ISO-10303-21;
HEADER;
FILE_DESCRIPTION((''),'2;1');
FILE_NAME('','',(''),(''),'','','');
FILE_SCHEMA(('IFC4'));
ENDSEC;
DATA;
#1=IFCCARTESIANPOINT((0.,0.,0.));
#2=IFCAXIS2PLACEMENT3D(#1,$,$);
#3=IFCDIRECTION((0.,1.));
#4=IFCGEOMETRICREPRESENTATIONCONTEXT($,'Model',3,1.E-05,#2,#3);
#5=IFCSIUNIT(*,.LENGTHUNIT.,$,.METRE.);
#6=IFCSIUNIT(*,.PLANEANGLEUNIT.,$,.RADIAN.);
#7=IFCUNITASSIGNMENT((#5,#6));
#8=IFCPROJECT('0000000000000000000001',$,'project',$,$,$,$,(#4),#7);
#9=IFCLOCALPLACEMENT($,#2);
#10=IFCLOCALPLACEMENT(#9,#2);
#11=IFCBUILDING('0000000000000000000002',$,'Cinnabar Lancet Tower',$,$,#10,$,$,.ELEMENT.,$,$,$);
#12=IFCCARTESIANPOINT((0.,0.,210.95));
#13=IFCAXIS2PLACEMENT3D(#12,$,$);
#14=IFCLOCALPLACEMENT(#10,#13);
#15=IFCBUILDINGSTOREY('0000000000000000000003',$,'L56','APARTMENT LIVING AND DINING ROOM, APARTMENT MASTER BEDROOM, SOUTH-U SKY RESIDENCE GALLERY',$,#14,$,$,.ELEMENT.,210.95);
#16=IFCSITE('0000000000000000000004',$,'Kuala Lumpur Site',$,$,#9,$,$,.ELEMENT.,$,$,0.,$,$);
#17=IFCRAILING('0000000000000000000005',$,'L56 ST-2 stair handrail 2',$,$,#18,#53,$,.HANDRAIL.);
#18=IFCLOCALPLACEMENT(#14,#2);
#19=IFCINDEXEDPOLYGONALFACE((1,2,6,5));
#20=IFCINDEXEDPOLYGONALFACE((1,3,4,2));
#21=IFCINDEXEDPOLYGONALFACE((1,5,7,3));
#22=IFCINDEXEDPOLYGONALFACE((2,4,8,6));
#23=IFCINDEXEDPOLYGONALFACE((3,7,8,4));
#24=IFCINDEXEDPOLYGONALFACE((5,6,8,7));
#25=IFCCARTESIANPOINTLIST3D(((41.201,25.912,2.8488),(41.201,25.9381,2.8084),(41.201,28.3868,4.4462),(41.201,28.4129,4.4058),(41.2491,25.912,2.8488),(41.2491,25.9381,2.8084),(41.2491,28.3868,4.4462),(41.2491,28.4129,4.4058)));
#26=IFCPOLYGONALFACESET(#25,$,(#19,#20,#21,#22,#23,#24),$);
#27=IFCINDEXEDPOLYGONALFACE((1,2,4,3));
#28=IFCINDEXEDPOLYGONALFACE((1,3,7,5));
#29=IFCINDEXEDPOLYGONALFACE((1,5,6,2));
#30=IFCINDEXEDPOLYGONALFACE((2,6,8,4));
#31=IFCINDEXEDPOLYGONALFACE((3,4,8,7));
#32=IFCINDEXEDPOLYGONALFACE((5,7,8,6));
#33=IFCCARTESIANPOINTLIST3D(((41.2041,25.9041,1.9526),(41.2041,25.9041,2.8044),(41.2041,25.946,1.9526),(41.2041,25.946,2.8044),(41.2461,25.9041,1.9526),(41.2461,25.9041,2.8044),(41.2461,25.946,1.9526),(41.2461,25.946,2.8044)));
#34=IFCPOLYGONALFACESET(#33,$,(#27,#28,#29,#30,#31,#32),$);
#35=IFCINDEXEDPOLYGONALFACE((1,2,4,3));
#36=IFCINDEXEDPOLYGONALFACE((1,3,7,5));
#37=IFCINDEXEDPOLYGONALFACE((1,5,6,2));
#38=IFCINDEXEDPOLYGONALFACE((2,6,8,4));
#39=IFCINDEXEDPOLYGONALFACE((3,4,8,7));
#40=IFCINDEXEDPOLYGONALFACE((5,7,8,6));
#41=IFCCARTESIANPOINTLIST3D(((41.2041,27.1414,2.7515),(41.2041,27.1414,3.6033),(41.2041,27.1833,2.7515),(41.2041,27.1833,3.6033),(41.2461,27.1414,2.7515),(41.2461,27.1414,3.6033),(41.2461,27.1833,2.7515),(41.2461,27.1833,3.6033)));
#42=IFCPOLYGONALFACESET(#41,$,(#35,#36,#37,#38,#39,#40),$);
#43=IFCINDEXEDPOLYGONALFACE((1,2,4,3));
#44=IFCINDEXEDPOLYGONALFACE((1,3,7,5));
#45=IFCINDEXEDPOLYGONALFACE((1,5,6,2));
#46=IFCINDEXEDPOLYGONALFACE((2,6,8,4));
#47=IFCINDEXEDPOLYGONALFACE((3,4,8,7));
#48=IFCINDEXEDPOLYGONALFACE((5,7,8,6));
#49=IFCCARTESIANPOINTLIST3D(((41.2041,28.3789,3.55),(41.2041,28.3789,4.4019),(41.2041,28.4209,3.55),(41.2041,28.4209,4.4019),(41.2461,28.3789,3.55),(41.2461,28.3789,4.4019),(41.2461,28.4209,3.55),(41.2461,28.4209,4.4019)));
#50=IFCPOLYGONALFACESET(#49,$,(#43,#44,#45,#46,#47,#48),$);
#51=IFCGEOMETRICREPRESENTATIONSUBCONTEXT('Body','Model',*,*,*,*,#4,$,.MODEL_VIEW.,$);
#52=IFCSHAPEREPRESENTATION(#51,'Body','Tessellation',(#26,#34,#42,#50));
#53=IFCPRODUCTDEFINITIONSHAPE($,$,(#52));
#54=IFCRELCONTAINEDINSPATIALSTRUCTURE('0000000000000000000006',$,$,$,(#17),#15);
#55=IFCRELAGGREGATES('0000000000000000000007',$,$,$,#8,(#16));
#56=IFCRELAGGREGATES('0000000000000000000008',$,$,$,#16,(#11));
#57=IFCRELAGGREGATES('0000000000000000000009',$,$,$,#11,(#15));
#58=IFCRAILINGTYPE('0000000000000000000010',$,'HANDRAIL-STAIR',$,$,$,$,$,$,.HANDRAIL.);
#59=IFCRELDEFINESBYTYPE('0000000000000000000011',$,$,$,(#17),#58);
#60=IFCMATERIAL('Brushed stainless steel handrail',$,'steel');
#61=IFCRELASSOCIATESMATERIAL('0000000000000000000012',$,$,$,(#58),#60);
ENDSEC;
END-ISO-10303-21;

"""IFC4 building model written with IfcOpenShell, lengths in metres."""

from ifc_helpers import new_model, si_unit, direction, frame, origin, origin_2d, place, context, subcontext, project, spatial, rectangle, extrude, material, type_object, element, save


model = new_model("IFC4")

# Units and contexts
model_context = context("Model", 3, precision=1e-05, world=origin(), true_north=direction((0.0, 1.0)))
body_context = subcontext(model_context, "Body", "Model", "MODEL_VIEW")
ifc_project = project(units=[si_unit("LENGTHUNIT", "METRE"), si_unit("PLANEANGLEUNIT", "RADIAN")], contexts=[model_context])

# Site, building, storey
site_placement = place(None, origin())
site = spatial("IfcSite", under=ifc_project, at=site_placement, Name="Kuala Lumpur Site", CompositionType="ELEMENT", RefElevation=0.0)
building_placement = place(site_placement, origin())
building = spatial("IfcBuilding", under=site, at=building_placement, Name="Cinnabar Lancet Tower", CompositionType="ELEMENT")
storey_placement = place(building_placement, frame((0.0, 0.0, 210.95)))
storey = spatial("IfcBuildingStorey", under=building, at=storey_placement, Name="L56", Description="APARTMENT LIVING AND DINING ROOM, APARTMENT MASTER BEDROOM, SOUTH-U SKY RESIDENCE GALLERY", CompositionType="ELEMENT", Elevation=210.95)

# Railing
ifc_material_1 = material(Name="Brushed stainless steel handrail", Category="steel")
railing_type_1 = type_object("IfcRailingType", Name="HANDRAIL-STAIR", PredefinedType="HANDRAIL", material=ifc_material_1)
railing_1_placement = place(storey_placement, frame((41.2251, 25.925, 1.9526)))
element("IfcRailing", 1, at=railing_1_placement, inside=storey, type_object=railing_type_1, Name="L56 ST-2 stair handrail 2", PredefinedType="HANDRAIL", context=body_context, shape_type="SweptSolid", body=[
    extrude(rectangle(XDim=0.0481, YDim=0.0481, at=origin_2d()), frame((0.0, 0.0, 0.876), z_axis=(0.0, 0.840183, 0.542302), x_axis=(-1.0, 0.0, 0.0)), (0.0, 0.0, 1.0), 2.9456),
    extrude(rectangle(XDim=0.042, YDim=0.042, at=origin_2d()), origin(), (0.0, 0.0, 1.0), 0.8518),
    extrude(rectangle(XDim=0.042, YDim=0.042, at=origin_2d()), frame((0.0, 1.2373, 0.7988)), (0.0, 0.0, 1.0), 0.8518),
    extrude(rectangle(XDim=0.042, YDim=0.042, at=origin_2d()), frame((0.0, 2.4749, 1.5974)), (0.0, 0.0, 1.0), 0.8518),
])

save(model, "model.ifc")
